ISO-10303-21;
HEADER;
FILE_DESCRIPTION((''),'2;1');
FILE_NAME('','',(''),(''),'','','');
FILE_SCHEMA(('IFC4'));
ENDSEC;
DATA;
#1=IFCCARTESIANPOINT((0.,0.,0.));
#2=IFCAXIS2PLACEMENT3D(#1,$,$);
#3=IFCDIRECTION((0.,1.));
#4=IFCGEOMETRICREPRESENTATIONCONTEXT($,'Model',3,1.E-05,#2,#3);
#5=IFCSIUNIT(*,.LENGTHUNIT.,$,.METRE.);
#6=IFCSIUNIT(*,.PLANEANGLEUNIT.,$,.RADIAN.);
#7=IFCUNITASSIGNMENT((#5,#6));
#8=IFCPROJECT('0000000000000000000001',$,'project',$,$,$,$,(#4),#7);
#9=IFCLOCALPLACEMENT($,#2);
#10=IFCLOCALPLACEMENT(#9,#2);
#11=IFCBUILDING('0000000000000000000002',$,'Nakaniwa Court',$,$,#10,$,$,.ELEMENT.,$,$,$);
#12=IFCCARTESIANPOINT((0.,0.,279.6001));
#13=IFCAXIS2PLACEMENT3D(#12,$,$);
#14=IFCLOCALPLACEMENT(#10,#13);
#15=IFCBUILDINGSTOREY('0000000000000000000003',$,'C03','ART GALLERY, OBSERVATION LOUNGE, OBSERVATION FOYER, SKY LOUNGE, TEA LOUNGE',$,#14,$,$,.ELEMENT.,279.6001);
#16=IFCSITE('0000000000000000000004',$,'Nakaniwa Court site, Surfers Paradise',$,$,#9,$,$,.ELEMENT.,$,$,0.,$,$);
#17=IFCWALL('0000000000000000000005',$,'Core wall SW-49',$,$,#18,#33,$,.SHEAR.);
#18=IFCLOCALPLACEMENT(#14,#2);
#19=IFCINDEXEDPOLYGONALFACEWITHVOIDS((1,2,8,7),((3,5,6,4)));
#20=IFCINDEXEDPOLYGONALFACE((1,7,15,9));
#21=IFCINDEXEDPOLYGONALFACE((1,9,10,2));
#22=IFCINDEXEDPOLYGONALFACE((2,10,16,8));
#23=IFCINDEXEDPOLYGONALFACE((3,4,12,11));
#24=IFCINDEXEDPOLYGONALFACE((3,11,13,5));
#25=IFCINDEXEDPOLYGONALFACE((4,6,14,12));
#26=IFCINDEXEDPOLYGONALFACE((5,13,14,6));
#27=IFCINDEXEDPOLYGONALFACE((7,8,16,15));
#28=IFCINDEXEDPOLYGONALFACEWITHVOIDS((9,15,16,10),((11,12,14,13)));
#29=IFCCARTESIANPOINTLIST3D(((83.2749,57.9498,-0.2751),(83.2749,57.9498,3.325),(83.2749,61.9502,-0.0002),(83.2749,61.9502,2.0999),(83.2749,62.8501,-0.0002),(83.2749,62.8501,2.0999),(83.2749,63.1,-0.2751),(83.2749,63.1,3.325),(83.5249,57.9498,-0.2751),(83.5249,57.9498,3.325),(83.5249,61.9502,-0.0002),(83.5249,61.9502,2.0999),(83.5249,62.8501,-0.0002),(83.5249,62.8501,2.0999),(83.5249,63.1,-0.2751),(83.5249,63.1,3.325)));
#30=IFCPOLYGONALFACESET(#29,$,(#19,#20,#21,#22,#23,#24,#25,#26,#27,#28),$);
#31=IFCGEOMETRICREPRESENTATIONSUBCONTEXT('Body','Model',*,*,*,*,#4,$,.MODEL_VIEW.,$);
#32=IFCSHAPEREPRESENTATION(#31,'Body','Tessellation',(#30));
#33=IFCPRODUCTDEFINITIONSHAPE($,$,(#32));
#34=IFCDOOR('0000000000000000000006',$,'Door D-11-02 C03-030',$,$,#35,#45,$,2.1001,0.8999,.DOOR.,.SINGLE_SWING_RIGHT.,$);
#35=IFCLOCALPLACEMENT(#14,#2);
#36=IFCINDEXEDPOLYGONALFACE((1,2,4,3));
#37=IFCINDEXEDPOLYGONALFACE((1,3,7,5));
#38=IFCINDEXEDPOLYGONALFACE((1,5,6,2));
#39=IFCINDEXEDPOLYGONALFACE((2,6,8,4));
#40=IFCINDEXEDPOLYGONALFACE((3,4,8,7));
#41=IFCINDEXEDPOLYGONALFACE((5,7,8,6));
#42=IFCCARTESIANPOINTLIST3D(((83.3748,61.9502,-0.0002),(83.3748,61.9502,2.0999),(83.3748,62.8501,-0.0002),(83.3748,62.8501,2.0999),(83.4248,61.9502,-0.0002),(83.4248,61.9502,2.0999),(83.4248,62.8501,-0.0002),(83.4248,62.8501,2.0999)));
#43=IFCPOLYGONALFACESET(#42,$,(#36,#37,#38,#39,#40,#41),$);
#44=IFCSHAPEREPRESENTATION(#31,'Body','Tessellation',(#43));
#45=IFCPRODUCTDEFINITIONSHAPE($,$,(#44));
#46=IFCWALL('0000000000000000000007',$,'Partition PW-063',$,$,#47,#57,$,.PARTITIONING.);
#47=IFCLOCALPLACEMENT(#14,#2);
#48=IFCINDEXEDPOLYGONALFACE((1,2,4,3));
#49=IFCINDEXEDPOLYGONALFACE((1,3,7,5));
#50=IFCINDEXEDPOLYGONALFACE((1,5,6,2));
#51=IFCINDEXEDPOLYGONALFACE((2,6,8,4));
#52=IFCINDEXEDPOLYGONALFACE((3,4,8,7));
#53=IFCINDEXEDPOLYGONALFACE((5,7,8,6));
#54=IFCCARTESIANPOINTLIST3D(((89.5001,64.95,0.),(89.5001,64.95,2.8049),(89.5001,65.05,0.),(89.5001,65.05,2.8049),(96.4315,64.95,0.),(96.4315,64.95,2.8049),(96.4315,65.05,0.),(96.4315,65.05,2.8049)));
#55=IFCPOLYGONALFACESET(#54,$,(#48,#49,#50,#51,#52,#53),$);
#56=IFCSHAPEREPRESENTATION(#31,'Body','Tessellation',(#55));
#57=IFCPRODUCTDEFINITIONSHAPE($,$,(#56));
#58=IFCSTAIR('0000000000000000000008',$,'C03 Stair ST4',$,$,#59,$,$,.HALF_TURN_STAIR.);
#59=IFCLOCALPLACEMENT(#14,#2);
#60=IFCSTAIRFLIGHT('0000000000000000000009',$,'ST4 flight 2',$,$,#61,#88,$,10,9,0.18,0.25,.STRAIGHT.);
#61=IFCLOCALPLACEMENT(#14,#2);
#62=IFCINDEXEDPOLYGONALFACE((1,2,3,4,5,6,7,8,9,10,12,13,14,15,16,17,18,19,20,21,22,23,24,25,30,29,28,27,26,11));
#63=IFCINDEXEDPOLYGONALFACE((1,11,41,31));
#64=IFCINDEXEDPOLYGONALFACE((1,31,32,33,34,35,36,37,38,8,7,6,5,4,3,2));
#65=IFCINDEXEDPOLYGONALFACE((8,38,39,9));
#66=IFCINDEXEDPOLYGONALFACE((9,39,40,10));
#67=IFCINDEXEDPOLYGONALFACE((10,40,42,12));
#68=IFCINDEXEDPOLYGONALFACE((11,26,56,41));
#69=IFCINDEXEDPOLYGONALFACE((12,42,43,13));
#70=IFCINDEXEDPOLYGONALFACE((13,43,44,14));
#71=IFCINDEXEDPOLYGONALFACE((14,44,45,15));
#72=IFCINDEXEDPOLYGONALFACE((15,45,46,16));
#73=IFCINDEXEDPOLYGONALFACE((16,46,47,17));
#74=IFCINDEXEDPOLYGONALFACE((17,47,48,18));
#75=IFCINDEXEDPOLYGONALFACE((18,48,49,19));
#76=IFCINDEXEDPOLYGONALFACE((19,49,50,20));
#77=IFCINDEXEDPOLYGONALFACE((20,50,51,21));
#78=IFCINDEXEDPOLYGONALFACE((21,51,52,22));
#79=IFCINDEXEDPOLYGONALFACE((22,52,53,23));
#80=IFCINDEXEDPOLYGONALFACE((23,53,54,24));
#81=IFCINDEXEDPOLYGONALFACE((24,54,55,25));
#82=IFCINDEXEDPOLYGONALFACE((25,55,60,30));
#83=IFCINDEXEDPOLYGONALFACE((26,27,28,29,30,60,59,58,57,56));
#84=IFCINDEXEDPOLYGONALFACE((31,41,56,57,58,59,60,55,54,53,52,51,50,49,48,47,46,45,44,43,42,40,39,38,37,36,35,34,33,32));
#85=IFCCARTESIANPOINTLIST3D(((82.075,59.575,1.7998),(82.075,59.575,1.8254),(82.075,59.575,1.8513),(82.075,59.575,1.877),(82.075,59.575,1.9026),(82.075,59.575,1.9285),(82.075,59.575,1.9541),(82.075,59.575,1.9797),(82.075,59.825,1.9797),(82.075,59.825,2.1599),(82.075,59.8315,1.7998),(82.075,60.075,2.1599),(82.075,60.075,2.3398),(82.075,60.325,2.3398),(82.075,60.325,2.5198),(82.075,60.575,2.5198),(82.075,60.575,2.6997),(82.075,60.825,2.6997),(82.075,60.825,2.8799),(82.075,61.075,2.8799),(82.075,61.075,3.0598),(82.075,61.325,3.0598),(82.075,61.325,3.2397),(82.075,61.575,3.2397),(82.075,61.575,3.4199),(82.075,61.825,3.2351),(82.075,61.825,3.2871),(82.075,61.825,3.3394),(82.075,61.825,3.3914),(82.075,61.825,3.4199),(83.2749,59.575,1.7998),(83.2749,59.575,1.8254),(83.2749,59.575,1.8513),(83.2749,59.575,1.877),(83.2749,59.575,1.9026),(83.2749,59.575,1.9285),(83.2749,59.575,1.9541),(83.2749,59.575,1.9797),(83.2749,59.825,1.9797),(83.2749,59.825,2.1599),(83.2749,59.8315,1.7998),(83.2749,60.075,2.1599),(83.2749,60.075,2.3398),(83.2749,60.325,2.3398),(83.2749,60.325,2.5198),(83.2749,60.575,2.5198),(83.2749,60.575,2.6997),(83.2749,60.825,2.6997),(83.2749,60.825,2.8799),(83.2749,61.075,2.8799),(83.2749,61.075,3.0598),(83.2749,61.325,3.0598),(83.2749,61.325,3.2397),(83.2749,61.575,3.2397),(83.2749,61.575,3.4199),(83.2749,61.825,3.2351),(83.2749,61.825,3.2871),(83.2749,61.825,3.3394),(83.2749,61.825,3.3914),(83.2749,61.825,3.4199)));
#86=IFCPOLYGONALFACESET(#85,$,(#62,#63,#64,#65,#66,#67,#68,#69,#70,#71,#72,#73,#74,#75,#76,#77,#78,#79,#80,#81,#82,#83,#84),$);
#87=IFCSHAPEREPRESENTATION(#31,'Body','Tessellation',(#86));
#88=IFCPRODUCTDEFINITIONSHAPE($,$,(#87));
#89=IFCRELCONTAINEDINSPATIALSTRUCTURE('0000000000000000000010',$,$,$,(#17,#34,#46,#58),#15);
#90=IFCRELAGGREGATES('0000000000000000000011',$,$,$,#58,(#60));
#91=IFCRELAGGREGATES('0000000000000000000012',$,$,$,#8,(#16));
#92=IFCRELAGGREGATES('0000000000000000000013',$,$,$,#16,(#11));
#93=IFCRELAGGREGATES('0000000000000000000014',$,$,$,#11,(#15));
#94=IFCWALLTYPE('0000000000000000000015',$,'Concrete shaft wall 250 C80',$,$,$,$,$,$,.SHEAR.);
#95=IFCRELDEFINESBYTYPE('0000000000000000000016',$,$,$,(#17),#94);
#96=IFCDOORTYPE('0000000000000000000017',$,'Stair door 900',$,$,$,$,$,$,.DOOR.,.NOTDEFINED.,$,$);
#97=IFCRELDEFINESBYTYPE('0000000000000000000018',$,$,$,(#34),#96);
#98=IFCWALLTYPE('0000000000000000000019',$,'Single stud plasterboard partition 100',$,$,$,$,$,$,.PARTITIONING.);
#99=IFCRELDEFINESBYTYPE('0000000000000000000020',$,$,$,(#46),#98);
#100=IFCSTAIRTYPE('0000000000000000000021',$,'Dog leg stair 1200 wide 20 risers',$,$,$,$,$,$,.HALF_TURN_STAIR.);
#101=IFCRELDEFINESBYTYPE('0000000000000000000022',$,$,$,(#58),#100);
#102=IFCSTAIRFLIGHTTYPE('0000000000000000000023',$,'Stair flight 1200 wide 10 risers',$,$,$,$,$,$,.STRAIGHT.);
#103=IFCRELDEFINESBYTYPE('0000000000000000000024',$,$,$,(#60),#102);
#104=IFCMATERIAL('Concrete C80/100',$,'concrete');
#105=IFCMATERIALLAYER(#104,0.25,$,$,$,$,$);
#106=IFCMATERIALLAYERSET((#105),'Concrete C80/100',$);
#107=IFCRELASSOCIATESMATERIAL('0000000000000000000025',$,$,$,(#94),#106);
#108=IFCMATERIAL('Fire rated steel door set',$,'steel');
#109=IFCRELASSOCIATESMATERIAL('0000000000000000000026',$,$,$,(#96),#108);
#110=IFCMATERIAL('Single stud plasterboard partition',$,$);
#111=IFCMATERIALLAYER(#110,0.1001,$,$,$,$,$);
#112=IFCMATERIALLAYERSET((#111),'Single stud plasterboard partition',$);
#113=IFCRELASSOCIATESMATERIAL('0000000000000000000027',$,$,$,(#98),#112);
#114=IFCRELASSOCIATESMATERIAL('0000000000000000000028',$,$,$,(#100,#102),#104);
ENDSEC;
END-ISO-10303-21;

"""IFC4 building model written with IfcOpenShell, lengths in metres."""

from ifc_helpers import new_model, si_unit, direction, frame, frame_2d, origin, place, context, subcontext, project, spatial, polyline, rectangle, outline, extrude, material, layer, layer_set, type_object, element, fill, aggregate, save


model = new_model("IFC4")

# Units and contexts
model_context = context("Model", 3, precision=1e-05, world=origin(), true_north=direction((0.0, 1.0)))
body_context = subcontext(model_context, "Body", "Model", "MODEL_VIEW")
ifc_project = project(units=[si_unit("LENGTHUNIT", "METRE"), si_unit("PLANEANGLEUNIT", "RADIAN")], contexts=[model_context])

# Site, building, storey
site_placement = place(None, origin())
site = spatial("IfcSite", under=ifc_project, at=site_placement, Name="Nakaniwa Court site, Surfers Paradise", CompositionType="ELEMENT", RefElevation=0.0)
building_placement = place(site_placement, origin())
building = spatial("IfcBuilding", under=site, at=building_placement, Name="Nakaniwa Court", CompositionType="ELEMENT")
storey_placement = place(building_placement, frame((0.0, 0.0, 279.6001)))
storey = spatial("IfcBuildingStorey", under=building, at=storey_placement, Name="C03", Description="ART GALLERY, OBSERVATION LOUNGE, OBSERVATION FOYER, SKY LOUNGE, TEA LOUNGE", CompositionType="ELEMENT", Elevation=279.6001)

# Shared definitions
ifc_material_1 = material(Name="Concrete C80/100", Category="concrete")

# Shared definitions
ifc_layer_1 = layer(ifc_material_1, 0.25)
ifc_layer_set_1 = layer_set([ifc_layer_1], Name="Concrete C80/100")
wall_type_1 = type_object("IfcWallType", Name="Concrete shaft wall 250 C80", PredefinedType="SHEAR", material=ifc_layer_set_1)

# Wall, opening, door
wall_1_placement = place(storey_placement, frame((83.3999, 63.1001, -0.2751), z_axis=(0.0, 0.0, 1.0), x_axis=(0.0, -1.0, 0.0)))
wall_1 = element("IfcWall", 1, at=wall_1_placement, inside=storey, type_object=wall_type_1, Name="Core wall SW-49", PredefinedType="SHEAR", context=body_context, shape_type="SweptSolid", body=[
    extrude(rectangle(XDim=5.1501, YDim=0.25, at=frame_2d((2.5752, 0.0))), origin(), (0.0, 0.0, 1.0), 3.6001),
])
opening_1_placement = place(wall_1_placement, frame((0.25, 0.0, 0.2749)))
opening_1 = element("IfcOpeningElement", 2, at=opening_1_placement, cuts=wall_1, PredefinedType="OPENING", context=body_context, shape_type="SweptSolid", body=[
    extrude(rectangle(XDim=0.8999, YDim=2.1001, at=frame_2d((0.45, 1.05))), frame((0.0, 0.135, 0.0), z_axis=(0.0, -1.0, 0.0), x_axis=(1.0, 0.0, 0.0)), (0.0, 0.0, 1.0), 0.27),
])
ifc_material_2 = material(Name="Fire rated steel door set", Category="steel")
door_type_1 = type_object("IfcDoorType", Name="Stair door 900", OperationType="NOTDEFINED", PredefinedType="DOOR", material=ifc_material_2)
door_1_placement = place(opening_1_placement, origin())
door_1 = element("IfcDoor", 3, at=door_1_placement, inside=storey, type_object=door_type_1, Name="Door D-11-02 C03-030", OperationType="SINGLE_SWING_RIGHT", OverallHeight=2.1001, OverallWidth=0.8999, PredefinedType="DOOR", context=body_context, shape_type="SweptSolid", body=[
    extrude(rectangle(XDim=0.8999, YDim=2.1001, at=frame_2d((0.45, 1.05))), frame((0.0, 0.0249, 0.0), z_axis=(0.0, -1.0, 0.0), x_axis=(1.0, 0.0, 0.0)), (0.0, 0.0, 1.0), 0.05),
])
fill(opening_1, door_1)

# Wall
ifc_material_3 = material(Name="Single stud plasterboard partition")
ifc_layer_2 = layer(ifc_material_3, 0.1001)
ifc_layer_set_2 = layer_set([ifc_layer_2], Name="Single stud plasterboard partition")
wall_type_2 = type_object("IfcWallType", Name="Single stud plasterboard partition 100", PredefinedType="PARTITIONING", material=ifc_layer_set_2)
wall_2_placement = place(storey_placement, frame((89.5, 65.0, 0.0), z_axis=(0.0, 0.0, 1.0), x_axis=(1.0, 0.0, 0.0)))
element("IfcWall", 4, at=wall_2_placement, inside=storey, type_object=wall_type_2, Name="Partition PW-063", PredefinedType="PARTITIONING", context=body_context, shape_type="SweptSolid", body=[
    extrude(rectangle(XDim=6.9314, YDim=0.1001, at=frame_2d((3.4658, 0.0))), origin(), (0.0, 0.0, 1.0), 2.8049),
])

# Stair, stair flight
stair_type = type_object("IfcStairType", Name="Dog leg stair 1200 wide 20 risers", PredefinedType="HALF_TURN_STAIR", material=ifc_material_1)
stair_placement = place(storey_placement, origin())
stair = element("IfcStair", 5, at=stair_placement, inside=storey, type_object=stair_type, Name="C03 Stair ST4", PredefinedType="HALF_TURN_STAIR")
stair_flight_type = type_object("IfcStairFlightType", Name="Stair flight 1200 wide 10 risers", PredefinedType="STRAIGHT", material=ifc_material_1)
stair_flight_placement = place(storey_placement, frame((82.675, 59.575, 1.7998), z_axis=(0.0, 0.0, 1.0), x_axis=(0.0, 1.0, 0.0)))
stair_flight = element("IfcStairFlight", 6, at=stair_flight_placement, type_object=stair_flight_type, Name="ST4 flight 2", NumberOfRisers=10, NumberOfTreads=9, PredefinedType="STRAIGHT", RiserHeight=0.18, TreadLength=0.25, context=body_context, shape_type="SweptSolid", body=[
    extrude(outline(polyline([(0.0, 0.0), (0.0, 0.0256), (0.0, 0.0515), (0.0, 0.0771), (0.0, 0.1028), (0.0, 0.1287), (0.0, 0.1543), (0.0, 0.1799), (0.25, 0.1799), (0.25, 0.3601), (0.5, 0.3601), (0.5, 0.54), (0.75, 0.54), (0.75, 0.72), (1.0, 0.72), (1.0, 0.8999), (1.25, 0.8999), (1.25, 1.0801), (1.5, 1.0801), (1.5, 1.26), (1.75, 1.26), (1.75, 1.4399), (2.0, 1.4399), (2.0, 1.6201), (2.25, 1.6201), (2.25, 1.8), (2.25, 1.7478), (2.25, 1.6958), (2.25, 1.6438), (2.25, 1.5916), (2.25, 1.5396), (2.25, 1.4873), (2.25, 1.4353), (0.2566, 0.0), (0.0, 0.0)])), frame((0.0, 0.6001, 0.0), z_axis=(0.0, -1.0, 0.0), x_axis=(1.0, 0.0, 0.0)), (0.0, 0.0, 1.0), 1.2),
])
aggregate(stair, [stair_flight])

save(model, "model.ifc")
